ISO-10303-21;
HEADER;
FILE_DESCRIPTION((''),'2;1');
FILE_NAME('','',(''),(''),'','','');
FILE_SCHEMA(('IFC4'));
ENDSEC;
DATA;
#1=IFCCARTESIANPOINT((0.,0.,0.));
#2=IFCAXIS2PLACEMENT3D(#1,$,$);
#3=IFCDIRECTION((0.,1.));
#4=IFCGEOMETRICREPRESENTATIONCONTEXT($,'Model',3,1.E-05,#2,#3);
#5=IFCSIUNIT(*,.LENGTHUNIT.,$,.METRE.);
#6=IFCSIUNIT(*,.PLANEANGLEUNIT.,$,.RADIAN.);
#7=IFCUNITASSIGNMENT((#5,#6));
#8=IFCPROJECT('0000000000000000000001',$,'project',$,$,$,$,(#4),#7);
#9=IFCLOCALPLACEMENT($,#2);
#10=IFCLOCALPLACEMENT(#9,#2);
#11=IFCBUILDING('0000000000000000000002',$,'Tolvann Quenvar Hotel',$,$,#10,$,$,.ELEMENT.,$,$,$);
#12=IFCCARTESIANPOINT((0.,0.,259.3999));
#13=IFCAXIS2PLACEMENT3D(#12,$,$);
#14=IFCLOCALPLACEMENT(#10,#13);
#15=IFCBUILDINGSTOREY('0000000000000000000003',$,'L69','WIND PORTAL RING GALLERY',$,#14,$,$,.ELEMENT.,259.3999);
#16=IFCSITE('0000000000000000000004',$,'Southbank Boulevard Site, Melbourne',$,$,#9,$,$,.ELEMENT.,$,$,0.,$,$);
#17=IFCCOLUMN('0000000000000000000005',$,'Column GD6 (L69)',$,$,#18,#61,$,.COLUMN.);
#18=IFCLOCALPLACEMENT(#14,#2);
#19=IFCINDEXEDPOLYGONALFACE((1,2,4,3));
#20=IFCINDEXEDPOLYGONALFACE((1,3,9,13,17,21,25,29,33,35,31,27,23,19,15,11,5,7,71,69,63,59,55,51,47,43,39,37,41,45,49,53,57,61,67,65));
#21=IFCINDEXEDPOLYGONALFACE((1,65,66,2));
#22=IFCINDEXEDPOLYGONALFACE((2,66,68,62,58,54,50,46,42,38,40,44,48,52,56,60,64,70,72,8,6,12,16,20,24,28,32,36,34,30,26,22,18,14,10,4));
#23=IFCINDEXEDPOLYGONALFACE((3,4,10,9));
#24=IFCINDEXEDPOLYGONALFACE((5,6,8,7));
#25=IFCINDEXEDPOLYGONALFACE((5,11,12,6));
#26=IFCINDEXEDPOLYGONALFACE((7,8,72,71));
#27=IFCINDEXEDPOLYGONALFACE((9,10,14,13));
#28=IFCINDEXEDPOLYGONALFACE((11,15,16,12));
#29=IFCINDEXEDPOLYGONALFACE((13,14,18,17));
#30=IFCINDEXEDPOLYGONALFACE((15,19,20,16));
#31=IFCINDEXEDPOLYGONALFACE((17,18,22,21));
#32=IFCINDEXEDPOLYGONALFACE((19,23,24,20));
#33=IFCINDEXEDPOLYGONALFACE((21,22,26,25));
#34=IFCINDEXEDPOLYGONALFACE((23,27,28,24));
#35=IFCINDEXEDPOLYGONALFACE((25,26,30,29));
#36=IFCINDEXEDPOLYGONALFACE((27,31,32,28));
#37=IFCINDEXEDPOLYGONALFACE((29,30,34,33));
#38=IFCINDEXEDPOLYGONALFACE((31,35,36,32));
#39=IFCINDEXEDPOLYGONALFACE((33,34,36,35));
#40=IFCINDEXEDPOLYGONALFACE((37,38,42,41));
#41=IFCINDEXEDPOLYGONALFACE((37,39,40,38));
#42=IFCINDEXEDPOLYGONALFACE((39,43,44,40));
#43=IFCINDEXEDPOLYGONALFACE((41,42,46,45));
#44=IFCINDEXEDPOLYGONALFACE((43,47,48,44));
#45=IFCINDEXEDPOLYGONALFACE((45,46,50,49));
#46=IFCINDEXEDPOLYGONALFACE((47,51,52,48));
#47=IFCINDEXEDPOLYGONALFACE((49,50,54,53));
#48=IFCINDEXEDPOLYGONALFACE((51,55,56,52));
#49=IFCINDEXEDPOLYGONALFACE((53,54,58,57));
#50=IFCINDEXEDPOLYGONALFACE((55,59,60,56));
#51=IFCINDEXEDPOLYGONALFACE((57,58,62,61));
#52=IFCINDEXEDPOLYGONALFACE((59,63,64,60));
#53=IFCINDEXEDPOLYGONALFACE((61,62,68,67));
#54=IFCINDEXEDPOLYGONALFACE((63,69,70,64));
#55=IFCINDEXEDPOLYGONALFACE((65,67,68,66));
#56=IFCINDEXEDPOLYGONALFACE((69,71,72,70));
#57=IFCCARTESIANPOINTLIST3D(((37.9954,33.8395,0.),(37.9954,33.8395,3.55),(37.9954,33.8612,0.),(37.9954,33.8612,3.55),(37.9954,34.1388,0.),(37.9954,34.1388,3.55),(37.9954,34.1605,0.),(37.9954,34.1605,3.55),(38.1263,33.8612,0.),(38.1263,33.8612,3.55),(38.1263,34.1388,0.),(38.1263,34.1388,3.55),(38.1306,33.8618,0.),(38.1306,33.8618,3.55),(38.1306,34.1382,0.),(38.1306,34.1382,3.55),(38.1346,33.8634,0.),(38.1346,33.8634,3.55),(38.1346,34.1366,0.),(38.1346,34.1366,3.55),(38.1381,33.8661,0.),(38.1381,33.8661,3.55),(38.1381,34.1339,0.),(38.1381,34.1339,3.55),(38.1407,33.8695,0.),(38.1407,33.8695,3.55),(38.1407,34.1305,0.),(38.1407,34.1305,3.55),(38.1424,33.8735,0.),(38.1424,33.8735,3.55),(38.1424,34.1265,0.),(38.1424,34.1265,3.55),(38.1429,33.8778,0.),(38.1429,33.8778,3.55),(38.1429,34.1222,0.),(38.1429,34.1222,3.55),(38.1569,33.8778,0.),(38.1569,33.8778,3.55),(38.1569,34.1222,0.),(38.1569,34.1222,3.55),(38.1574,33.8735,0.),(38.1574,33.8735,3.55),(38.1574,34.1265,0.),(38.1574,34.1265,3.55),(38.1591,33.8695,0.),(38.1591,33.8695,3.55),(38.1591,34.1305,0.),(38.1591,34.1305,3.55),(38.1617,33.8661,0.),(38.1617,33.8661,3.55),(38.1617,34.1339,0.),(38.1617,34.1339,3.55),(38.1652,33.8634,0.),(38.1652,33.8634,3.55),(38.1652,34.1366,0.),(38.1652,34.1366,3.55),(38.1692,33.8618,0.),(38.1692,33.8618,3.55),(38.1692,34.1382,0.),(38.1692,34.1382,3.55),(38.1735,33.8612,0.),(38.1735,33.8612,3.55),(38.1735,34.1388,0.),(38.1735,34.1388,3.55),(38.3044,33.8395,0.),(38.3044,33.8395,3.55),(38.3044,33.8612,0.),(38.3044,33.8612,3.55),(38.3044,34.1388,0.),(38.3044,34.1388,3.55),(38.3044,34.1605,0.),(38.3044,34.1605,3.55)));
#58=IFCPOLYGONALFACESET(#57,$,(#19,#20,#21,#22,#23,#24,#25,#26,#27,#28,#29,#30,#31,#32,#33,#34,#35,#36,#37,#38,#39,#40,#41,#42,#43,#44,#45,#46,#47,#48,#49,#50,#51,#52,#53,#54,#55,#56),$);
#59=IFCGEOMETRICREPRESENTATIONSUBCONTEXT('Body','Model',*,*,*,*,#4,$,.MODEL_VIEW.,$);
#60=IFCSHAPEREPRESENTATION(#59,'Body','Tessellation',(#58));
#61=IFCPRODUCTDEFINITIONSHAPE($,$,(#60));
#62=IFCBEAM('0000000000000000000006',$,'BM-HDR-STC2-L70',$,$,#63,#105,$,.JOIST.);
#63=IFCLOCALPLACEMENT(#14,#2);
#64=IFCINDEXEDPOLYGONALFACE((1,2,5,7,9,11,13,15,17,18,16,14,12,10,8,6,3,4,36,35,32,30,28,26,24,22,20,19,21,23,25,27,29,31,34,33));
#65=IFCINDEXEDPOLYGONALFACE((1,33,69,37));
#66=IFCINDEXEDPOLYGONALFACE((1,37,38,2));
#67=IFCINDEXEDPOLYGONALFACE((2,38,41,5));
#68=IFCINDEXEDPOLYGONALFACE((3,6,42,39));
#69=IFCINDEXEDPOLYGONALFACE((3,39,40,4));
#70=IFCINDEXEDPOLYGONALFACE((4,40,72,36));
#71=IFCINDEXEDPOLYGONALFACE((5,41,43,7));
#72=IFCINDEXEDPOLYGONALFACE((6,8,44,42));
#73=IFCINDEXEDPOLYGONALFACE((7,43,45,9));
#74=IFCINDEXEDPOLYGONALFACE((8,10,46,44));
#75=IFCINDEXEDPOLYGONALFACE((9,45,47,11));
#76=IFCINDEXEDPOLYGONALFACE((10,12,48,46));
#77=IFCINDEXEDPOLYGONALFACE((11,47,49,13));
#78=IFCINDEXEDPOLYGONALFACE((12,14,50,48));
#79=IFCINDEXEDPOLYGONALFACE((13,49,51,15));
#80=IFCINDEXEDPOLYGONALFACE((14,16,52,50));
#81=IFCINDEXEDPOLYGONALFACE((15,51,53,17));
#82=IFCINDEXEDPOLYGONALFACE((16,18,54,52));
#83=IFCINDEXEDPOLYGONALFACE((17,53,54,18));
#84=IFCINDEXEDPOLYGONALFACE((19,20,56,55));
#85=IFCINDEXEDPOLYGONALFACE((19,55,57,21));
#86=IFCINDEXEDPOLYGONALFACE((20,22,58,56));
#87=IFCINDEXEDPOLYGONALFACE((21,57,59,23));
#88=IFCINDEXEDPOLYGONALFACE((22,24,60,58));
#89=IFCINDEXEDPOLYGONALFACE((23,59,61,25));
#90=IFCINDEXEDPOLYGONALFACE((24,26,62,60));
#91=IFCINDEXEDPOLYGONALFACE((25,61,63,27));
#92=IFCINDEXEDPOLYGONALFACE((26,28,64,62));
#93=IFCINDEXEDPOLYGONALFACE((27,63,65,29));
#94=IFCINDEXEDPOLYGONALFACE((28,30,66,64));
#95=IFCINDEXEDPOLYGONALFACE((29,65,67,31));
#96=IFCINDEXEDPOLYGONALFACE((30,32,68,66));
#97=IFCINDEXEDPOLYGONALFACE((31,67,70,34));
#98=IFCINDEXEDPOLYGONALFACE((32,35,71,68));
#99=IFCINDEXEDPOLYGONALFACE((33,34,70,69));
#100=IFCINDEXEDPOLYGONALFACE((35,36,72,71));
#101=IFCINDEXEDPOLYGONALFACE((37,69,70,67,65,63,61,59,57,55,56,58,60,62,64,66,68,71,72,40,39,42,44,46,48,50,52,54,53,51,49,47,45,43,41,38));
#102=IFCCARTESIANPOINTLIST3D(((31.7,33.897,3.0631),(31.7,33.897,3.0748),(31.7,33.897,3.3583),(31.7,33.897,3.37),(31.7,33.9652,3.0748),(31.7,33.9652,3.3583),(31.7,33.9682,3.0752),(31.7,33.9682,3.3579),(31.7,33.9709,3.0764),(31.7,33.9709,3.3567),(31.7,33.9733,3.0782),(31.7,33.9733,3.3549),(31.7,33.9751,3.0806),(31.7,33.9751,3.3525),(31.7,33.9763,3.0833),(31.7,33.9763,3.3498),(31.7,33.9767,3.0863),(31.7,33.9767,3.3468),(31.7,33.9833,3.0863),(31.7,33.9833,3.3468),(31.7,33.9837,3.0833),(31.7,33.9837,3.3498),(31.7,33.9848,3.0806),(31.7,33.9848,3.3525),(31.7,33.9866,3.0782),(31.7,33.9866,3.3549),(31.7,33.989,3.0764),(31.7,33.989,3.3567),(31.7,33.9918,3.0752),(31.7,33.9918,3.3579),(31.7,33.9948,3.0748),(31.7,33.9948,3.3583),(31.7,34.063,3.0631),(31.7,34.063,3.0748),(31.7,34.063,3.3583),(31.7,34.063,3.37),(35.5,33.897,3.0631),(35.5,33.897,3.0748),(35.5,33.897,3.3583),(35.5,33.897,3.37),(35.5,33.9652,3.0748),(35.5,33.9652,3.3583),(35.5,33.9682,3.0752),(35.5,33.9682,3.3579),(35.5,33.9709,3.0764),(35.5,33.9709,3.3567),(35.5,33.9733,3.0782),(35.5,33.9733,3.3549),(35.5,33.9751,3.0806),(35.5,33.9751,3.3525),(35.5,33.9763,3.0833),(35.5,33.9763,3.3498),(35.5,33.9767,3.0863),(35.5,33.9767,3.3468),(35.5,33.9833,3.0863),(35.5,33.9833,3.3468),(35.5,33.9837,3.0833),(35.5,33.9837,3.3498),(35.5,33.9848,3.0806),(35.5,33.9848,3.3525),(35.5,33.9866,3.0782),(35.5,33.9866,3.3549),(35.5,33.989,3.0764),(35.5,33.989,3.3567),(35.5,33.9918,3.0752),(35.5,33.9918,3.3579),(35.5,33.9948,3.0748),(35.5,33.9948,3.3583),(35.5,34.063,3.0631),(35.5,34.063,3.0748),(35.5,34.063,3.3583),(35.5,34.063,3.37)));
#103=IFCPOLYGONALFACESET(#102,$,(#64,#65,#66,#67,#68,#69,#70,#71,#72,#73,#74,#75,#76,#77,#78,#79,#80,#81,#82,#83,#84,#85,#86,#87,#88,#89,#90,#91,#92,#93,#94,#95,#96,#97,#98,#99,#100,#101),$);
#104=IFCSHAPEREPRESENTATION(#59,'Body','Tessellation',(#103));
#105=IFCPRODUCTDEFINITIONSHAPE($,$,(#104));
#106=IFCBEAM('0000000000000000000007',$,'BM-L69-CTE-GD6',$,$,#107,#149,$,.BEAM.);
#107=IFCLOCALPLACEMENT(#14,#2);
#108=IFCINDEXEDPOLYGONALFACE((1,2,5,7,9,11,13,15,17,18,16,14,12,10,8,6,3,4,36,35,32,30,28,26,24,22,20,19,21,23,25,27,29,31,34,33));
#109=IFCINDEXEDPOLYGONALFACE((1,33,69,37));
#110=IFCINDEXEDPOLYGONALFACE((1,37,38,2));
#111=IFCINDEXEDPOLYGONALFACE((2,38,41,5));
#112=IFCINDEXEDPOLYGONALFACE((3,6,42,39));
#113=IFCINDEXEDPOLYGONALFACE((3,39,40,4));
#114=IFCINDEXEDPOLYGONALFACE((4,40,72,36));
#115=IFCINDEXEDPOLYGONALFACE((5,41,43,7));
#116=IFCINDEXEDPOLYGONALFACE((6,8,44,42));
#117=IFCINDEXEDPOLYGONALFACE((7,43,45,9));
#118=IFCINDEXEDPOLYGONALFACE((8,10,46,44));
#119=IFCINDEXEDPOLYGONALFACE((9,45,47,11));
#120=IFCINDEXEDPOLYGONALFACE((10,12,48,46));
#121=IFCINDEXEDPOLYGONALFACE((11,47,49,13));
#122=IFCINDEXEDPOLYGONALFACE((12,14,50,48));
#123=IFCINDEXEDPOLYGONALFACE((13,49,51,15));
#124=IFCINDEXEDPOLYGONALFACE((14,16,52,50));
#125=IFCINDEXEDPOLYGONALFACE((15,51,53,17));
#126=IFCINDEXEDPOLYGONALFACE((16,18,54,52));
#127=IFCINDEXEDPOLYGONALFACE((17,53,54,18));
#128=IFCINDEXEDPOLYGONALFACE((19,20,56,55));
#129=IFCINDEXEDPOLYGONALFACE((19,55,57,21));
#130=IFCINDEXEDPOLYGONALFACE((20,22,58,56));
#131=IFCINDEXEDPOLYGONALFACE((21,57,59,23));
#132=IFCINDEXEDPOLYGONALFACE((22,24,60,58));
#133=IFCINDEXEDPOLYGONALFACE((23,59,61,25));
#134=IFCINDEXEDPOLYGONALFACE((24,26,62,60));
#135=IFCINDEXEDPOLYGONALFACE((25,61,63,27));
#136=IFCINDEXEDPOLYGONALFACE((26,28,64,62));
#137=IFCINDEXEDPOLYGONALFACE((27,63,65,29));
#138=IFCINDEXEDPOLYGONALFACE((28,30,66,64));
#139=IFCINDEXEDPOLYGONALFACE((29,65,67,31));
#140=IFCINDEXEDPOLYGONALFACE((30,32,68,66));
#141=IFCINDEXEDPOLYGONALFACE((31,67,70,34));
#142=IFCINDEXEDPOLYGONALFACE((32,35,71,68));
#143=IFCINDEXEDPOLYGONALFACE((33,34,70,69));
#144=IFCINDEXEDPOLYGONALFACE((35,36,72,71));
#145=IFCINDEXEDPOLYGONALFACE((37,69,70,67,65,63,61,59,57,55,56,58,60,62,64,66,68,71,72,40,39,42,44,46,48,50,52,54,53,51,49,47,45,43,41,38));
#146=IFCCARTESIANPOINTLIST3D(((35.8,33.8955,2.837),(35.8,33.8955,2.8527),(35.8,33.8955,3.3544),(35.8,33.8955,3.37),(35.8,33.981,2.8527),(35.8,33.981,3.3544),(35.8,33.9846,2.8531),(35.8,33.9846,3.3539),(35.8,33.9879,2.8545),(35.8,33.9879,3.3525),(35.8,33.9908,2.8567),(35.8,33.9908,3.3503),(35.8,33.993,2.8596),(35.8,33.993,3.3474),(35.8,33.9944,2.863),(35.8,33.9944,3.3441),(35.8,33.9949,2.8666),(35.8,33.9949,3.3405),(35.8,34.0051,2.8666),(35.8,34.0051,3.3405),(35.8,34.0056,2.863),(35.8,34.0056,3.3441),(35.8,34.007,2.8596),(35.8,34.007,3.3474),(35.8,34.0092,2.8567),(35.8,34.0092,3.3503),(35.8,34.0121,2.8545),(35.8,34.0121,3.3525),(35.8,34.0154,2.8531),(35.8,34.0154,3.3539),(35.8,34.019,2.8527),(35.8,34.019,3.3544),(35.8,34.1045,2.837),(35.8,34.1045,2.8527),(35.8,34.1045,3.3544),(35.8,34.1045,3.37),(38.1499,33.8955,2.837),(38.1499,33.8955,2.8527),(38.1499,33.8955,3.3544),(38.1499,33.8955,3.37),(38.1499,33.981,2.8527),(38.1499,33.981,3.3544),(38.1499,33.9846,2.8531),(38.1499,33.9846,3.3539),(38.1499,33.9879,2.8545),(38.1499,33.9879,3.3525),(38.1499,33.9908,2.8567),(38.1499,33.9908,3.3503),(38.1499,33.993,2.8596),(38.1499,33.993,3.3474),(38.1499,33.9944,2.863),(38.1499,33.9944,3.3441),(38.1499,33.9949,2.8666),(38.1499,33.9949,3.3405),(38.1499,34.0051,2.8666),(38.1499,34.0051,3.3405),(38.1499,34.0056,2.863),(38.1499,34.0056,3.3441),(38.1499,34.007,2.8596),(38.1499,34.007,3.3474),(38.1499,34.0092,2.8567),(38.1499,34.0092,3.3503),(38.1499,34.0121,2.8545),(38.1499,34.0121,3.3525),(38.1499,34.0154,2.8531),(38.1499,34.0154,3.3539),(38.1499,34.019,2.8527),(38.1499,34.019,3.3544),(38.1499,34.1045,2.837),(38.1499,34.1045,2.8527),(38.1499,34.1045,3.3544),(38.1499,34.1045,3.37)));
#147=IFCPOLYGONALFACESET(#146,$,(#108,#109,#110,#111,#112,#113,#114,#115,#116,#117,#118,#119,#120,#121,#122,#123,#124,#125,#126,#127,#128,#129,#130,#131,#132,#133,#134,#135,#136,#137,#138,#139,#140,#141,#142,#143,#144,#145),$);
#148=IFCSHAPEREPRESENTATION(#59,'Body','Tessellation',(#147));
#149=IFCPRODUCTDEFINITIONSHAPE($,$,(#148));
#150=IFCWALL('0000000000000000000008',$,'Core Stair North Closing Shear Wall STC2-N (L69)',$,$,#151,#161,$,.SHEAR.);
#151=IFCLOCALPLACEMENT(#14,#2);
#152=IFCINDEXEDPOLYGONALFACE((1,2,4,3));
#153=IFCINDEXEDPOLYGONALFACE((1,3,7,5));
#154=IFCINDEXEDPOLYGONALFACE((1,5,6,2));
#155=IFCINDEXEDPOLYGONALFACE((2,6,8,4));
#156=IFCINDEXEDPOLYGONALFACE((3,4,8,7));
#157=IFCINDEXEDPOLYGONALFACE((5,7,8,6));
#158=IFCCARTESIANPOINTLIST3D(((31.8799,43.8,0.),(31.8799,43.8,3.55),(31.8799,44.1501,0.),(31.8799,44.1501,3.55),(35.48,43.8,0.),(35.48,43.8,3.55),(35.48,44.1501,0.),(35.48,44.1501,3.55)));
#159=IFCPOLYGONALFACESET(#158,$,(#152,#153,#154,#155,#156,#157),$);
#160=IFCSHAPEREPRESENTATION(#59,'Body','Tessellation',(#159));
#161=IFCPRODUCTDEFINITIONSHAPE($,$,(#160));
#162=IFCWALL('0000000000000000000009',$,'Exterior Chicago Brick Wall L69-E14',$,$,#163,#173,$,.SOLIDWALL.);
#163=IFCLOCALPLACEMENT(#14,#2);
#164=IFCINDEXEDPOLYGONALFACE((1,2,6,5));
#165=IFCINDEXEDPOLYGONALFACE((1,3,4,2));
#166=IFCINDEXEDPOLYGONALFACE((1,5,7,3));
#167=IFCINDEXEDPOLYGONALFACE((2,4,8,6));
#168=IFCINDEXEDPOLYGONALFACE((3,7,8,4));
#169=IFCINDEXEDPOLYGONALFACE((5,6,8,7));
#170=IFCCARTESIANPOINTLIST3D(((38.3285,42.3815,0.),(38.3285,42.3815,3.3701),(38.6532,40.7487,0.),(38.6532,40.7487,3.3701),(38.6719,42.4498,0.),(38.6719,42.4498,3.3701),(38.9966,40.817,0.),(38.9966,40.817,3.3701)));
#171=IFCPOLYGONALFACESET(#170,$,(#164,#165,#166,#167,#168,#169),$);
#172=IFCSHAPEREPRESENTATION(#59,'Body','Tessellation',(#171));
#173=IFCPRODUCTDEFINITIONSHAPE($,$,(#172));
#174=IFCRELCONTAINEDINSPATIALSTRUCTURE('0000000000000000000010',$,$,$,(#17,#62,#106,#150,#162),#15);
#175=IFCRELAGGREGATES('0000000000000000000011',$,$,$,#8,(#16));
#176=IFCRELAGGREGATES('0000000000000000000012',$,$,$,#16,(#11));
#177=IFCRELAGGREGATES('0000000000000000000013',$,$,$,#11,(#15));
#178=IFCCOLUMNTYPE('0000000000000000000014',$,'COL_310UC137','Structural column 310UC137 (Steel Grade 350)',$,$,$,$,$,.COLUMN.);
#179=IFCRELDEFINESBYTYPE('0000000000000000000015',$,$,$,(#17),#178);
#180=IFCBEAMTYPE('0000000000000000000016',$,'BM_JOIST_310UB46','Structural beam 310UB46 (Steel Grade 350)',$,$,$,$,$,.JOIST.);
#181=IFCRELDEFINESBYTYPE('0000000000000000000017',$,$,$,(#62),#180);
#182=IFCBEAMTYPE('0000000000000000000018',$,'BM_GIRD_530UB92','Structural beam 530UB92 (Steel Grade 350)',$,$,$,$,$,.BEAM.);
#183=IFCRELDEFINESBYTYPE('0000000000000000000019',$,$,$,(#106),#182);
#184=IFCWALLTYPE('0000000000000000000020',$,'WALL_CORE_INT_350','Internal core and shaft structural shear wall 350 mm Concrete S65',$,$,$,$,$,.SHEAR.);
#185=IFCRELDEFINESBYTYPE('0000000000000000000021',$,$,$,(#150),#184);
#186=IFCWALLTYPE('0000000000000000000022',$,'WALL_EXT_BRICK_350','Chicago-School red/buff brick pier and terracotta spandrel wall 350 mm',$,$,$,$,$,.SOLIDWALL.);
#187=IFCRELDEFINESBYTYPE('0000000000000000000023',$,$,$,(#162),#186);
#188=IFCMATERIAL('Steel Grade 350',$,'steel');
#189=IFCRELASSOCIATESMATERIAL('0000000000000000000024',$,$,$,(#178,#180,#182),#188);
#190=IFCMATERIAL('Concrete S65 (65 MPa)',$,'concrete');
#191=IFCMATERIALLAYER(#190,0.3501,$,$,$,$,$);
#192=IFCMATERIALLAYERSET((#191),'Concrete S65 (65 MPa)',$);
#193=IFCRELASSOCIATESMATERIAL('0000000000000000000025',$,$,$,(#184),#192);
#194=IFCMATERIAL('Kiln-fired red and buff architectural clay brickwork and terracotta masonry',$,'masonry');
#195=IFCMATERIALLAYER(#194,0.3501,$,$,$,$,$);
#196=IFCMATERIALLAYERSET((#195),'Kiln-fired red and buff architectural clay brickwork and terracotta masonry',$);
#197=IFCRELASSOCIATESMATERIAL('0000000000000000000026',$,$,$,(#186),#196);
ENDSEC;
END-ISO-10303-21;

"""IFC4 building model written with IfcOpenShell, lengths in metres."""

from ifc_helpers import new_model, si_unit, direction, frame, frame_2d, origin, origin_2d, place, context, subcontext, project, spatial, rectangle, i_section, extrude, source, transform, mapped, material, layer, layer_set, material_profile, profile_set, type_object, type_shapes, element, save


model = new_model("IFC4")

# Units and contexts
model_context = context("Model", 3, precision=1e-05, world=origin(), true_north=direction((0.0, 1.0)))
body_context = subcontext(model_context, "Body", "Model", "MODEL_VIEW")
ifc_project = project(units=[si_unit("LENGTHUNIT", "METRE"), si_unit("PLANEANGLEUNIT", "RADIAN")], contexts=[model_context])

# Site, building, storey
site_placement = place(None, origin())
site = spatial("IfcSite", under=ifc_project, at=site_placement, Name="Southbank Boulevard Site, Melbourne", CompositionType="ELEMENT", RefElevation=0.0)
building_placement = place(site_placement, origin())
building = spatial("IfcBuilding", under=site, at=building_placement, Name="Tolvann Quenvar Hotel", CompositionType="ELEMENT")
storey_placement = place(building_placement, frame((0.0, 0.0, 259.3999)))
storey = spatial("IfcBuildingStorey", under=building, at=storey_placement, Name="L69", Description="WIND PORTAL RING GALLERY", CompositionType="ELEMENT", Elevation=259.3999)

# Column
ifc_material_1 = material(Name="Steel Grade 350", Category="steel")
ifc_material_profile_1 = material_profile(ifc_material_1, i_section(OverallWidth=0.3091, OverallDepth=0.321, WebThickness=0.0139, FlangeThickness=0.0217, FilletRadius=0.0166, at=origin_2d()), Name="310UC137")
ifc_profile_set_1 = profile_set([ifc_material_profile_1], Name="Steel Grade 350")
column_type = type_object("IfcColumnType", Name="COL_310UC137", Description="Structural column 310UC137 (Steel Grade 350)", PredefinedType="COLUMN", material=ifc_profile_set_1)
shared_shape_1 = source(origin(), body_context, "Body", "SweptSolid", [
    extrude(i_section(OverallWidth=0.3091, OverallDepth=0.321, WebThickness=0.0139, FlangeThickness=0.0217, FilletRadius=0.0166, at=origin_2d()), origin(), (0.0, 0.0, 1.0), 3.55),
])
type_shapes(column_type, [shared_shape_1])
column_placement = place(storey_placement, frame((38.1499, 34.0, 0.0), z_axis=(0.0, 0.0, 1.0), x_axis=(1.0, 0.0, 0.0)))
element("IfcColumn", 1, at=column_placement, inside=storey, type_object=column_type, Name="Column GD6 (L69)", PredefinedType="COLUMN", context=body_context, shape_type="MappedRepresentation", body=[
    mapped(shared_shape_1, transform((0.0, 0.0, 0.0), x_axis=(1.0, 0.0, 0.0), y_axis=(0.0, 1.0, 0.0), z_axis=(0.0, 0.0, 1.0), scale=1.0)),
])

# Beams
ifc_material_profile_2 = material_profile(ifc_material_1, i_section(OverallWidth=0.166, OverallDepth=0.3069, WebThickness=0.0066, FlangeThickness=0.0117, FilletRadius=0.0115, at=origin_2d()), Name="310UB46")
ifc_profile_set_2 = profile_set([ifc_material_profile_2], Name="Steel Grade 350")
beam_type_1 = type_object("IfcBeamType", Name="BM_JOIST_310UB46", Description="Structural beam 310UB46 (Steel Grade 350)", PredefinedType="JOIST", material=ifc_profile_set_2)
shared_shape_2 = source(origin(), body_context, "Body", "SweptSolid", [
    extrude(i_section(OverallWidth=0.166, OverallDepth=0.3069, WebThickness=0.0066, FlangeThickness=0.0117, FilletRadius=0.0115, at=origin_2d()), origin(), (0.0, 0.0, 1.0), 3.8),
])
type_shapes(beam_type_1, [shared_shape_2])
beam_1_placement = place(storey_placement, frame((31.7, 33.98, 3.2166), z_axis=(1.0, 0.0, 0.0), x_axis=(0.0, 1.0, 0.0)))
element("IfcBeam", 2, at=beam_1_placement, inside=storey, type_object=beam_type_1, Name="BM-HDR-STC2-L70", PredefinedType="JOIST", context=body_context, shape_type="MappedRepresentation", body=[
    mapped(shared_shape_2, transform((0.0, 0.0, 0.0), x_axis=(1.0, 0.0, 0.0), y_axis=(0.0, 1.0, 0.0), z_axis=(0.0, 0.0, 1.0), scale=1.0)),
])
ifc_material_profile_3 = material_profile(ifc_material_1, i_section(OverallWidth=0.209, OverallDepth=0.533, WebThickness=0.0103, FlangeThickness=0.0156, FilletRadius=0.0139, at=origin_2d()), Name="530UB92")
ifc_profile_set_3 = profile_set([ifc_material_profile_3], Name="Steel Grade 350")
beam_type_2 = type_object("IfcBeamType", Name="BM_GIRD_530UB92", Description="Structural beam 530UB92 (Steel Grade 350)", PredefinedType="BEAM", material=ifc_profile_set_3)
shared_shape_3 = source(origin(), body_context, "Body", "SweptSolid", [
    extrude(i_section(OverallWidth=0.209, OverallDepth=0.533, WebThickness=0.0103, FlangeThickness=0.0156, FilletRadius=0.0139, at=origin_2d()), origin(), (0.0, 0.0, 1.0), 2.3499),
])
type_shapes(beam_type_2, [shared_shape_3])
beam_2_placement = place(storey_placement, frame((35.8, 34.0, 3.1035), z_axis=(1.0, 0.0, 0.0), x_axis=(0.0, 1.0, 0.0)))
element("IfcBeam", 3, at=beam_2_placement, inside=storey, type_object=beam_type_2, Name="BM-L69-CTE-GD6", PredefinedType="BEAM", context=body_context, shape_type="MappedRepresentation", body=[
    mapped(shared_shape_3, transform((0.0, 0.0, 0.0), x_axis=(1.0, 0.0, 0.0), y_axis=(0.0, 1.0, 0.0), z_axis=(0.0, 0.0, 1.0), scale=1.0)),
])

# Walls
ifc_material_2 = material(Name="Concrete S65 (65 MPa)", Category="concrete")
ifc_layer_1 = layer(ifc_material_2, 0.3501)
ifc_layer_set_1 = layer_set([ifc_layer_1], Name="Concrete S65 (65 MPa)")
wall_type_1 = type_object("IfcWallType", Name="WALL_CORE_INT_350", Description="Internal core and shaft structural shear wall 350 mm Concrete S65", PredefinedType="SHEAR", material=ifc_layer_set_1)
wall_1_placement = place(storey_placement, frame((31.8799, 43.9751, 0.0), z_axis=(0.0, 0.0, 1.0), x_axis=(1.0, 0.0, 0.0)))
element("IfcWall", 4, at=wall_1_placement, inside=storey, type_object=wall_type_1, Name="Core Stair North Closing Shear Wall STC2-N (L69)", PredefinedType="SHEAR", context=body_context, shape_type="SweptSolid", body=[
    extrude(rectangle(XDim=3.6001, YDim=0.3501, at=frame_2d((1.8, 0.0))), origin(), (0.0, 0.0, 1.0), 3.55),
])
ifc_material_3 = material(Name="Kiln-fired red and buff architectural clay brickwork and terracotta masonry", Category="masonry")
ifc_layer_2 = layer(ifc_material_3, 0.3501)
ifc_layer_set_2 = layer_set([ifc_layer_2], Name="Kiln-fired red and buff architectural clay brickwork and terracotta masonry")
wall_type_2 = type_object("IfcWallType", Name="WALL_EXT_BRICK_350", Description="Chicago-School red/buff brick pier and terracotta spandrel wall 350 mm", PredefinedType="SOLIDWALL", material=ifc_layer_set_2)
wall_2_placement = place(storey_placement, frame((38.825, 40.7827, 0.0), z_axis=(0.0, 0.0, 1.0), x_axis=(-0.195044, 0.980794, 0.0)))
element("IfcWall", 5, at=wall_2_placement, inside=storey, type_object=wall_type_2, Name="Exterior Chicago Brick Wall L69-E14", PredefinedType="SOLIDWALL", context=body_context, shape_type="SweptSolid", body=[
    extrude(rectangle(XDim=1.6648, YDim=0.3501, at=frame_2d((0.8325, 0.0))), origin(), (0.0, 0.0, 1.0), 3.3701),
])

save(model, "model.ifc")
